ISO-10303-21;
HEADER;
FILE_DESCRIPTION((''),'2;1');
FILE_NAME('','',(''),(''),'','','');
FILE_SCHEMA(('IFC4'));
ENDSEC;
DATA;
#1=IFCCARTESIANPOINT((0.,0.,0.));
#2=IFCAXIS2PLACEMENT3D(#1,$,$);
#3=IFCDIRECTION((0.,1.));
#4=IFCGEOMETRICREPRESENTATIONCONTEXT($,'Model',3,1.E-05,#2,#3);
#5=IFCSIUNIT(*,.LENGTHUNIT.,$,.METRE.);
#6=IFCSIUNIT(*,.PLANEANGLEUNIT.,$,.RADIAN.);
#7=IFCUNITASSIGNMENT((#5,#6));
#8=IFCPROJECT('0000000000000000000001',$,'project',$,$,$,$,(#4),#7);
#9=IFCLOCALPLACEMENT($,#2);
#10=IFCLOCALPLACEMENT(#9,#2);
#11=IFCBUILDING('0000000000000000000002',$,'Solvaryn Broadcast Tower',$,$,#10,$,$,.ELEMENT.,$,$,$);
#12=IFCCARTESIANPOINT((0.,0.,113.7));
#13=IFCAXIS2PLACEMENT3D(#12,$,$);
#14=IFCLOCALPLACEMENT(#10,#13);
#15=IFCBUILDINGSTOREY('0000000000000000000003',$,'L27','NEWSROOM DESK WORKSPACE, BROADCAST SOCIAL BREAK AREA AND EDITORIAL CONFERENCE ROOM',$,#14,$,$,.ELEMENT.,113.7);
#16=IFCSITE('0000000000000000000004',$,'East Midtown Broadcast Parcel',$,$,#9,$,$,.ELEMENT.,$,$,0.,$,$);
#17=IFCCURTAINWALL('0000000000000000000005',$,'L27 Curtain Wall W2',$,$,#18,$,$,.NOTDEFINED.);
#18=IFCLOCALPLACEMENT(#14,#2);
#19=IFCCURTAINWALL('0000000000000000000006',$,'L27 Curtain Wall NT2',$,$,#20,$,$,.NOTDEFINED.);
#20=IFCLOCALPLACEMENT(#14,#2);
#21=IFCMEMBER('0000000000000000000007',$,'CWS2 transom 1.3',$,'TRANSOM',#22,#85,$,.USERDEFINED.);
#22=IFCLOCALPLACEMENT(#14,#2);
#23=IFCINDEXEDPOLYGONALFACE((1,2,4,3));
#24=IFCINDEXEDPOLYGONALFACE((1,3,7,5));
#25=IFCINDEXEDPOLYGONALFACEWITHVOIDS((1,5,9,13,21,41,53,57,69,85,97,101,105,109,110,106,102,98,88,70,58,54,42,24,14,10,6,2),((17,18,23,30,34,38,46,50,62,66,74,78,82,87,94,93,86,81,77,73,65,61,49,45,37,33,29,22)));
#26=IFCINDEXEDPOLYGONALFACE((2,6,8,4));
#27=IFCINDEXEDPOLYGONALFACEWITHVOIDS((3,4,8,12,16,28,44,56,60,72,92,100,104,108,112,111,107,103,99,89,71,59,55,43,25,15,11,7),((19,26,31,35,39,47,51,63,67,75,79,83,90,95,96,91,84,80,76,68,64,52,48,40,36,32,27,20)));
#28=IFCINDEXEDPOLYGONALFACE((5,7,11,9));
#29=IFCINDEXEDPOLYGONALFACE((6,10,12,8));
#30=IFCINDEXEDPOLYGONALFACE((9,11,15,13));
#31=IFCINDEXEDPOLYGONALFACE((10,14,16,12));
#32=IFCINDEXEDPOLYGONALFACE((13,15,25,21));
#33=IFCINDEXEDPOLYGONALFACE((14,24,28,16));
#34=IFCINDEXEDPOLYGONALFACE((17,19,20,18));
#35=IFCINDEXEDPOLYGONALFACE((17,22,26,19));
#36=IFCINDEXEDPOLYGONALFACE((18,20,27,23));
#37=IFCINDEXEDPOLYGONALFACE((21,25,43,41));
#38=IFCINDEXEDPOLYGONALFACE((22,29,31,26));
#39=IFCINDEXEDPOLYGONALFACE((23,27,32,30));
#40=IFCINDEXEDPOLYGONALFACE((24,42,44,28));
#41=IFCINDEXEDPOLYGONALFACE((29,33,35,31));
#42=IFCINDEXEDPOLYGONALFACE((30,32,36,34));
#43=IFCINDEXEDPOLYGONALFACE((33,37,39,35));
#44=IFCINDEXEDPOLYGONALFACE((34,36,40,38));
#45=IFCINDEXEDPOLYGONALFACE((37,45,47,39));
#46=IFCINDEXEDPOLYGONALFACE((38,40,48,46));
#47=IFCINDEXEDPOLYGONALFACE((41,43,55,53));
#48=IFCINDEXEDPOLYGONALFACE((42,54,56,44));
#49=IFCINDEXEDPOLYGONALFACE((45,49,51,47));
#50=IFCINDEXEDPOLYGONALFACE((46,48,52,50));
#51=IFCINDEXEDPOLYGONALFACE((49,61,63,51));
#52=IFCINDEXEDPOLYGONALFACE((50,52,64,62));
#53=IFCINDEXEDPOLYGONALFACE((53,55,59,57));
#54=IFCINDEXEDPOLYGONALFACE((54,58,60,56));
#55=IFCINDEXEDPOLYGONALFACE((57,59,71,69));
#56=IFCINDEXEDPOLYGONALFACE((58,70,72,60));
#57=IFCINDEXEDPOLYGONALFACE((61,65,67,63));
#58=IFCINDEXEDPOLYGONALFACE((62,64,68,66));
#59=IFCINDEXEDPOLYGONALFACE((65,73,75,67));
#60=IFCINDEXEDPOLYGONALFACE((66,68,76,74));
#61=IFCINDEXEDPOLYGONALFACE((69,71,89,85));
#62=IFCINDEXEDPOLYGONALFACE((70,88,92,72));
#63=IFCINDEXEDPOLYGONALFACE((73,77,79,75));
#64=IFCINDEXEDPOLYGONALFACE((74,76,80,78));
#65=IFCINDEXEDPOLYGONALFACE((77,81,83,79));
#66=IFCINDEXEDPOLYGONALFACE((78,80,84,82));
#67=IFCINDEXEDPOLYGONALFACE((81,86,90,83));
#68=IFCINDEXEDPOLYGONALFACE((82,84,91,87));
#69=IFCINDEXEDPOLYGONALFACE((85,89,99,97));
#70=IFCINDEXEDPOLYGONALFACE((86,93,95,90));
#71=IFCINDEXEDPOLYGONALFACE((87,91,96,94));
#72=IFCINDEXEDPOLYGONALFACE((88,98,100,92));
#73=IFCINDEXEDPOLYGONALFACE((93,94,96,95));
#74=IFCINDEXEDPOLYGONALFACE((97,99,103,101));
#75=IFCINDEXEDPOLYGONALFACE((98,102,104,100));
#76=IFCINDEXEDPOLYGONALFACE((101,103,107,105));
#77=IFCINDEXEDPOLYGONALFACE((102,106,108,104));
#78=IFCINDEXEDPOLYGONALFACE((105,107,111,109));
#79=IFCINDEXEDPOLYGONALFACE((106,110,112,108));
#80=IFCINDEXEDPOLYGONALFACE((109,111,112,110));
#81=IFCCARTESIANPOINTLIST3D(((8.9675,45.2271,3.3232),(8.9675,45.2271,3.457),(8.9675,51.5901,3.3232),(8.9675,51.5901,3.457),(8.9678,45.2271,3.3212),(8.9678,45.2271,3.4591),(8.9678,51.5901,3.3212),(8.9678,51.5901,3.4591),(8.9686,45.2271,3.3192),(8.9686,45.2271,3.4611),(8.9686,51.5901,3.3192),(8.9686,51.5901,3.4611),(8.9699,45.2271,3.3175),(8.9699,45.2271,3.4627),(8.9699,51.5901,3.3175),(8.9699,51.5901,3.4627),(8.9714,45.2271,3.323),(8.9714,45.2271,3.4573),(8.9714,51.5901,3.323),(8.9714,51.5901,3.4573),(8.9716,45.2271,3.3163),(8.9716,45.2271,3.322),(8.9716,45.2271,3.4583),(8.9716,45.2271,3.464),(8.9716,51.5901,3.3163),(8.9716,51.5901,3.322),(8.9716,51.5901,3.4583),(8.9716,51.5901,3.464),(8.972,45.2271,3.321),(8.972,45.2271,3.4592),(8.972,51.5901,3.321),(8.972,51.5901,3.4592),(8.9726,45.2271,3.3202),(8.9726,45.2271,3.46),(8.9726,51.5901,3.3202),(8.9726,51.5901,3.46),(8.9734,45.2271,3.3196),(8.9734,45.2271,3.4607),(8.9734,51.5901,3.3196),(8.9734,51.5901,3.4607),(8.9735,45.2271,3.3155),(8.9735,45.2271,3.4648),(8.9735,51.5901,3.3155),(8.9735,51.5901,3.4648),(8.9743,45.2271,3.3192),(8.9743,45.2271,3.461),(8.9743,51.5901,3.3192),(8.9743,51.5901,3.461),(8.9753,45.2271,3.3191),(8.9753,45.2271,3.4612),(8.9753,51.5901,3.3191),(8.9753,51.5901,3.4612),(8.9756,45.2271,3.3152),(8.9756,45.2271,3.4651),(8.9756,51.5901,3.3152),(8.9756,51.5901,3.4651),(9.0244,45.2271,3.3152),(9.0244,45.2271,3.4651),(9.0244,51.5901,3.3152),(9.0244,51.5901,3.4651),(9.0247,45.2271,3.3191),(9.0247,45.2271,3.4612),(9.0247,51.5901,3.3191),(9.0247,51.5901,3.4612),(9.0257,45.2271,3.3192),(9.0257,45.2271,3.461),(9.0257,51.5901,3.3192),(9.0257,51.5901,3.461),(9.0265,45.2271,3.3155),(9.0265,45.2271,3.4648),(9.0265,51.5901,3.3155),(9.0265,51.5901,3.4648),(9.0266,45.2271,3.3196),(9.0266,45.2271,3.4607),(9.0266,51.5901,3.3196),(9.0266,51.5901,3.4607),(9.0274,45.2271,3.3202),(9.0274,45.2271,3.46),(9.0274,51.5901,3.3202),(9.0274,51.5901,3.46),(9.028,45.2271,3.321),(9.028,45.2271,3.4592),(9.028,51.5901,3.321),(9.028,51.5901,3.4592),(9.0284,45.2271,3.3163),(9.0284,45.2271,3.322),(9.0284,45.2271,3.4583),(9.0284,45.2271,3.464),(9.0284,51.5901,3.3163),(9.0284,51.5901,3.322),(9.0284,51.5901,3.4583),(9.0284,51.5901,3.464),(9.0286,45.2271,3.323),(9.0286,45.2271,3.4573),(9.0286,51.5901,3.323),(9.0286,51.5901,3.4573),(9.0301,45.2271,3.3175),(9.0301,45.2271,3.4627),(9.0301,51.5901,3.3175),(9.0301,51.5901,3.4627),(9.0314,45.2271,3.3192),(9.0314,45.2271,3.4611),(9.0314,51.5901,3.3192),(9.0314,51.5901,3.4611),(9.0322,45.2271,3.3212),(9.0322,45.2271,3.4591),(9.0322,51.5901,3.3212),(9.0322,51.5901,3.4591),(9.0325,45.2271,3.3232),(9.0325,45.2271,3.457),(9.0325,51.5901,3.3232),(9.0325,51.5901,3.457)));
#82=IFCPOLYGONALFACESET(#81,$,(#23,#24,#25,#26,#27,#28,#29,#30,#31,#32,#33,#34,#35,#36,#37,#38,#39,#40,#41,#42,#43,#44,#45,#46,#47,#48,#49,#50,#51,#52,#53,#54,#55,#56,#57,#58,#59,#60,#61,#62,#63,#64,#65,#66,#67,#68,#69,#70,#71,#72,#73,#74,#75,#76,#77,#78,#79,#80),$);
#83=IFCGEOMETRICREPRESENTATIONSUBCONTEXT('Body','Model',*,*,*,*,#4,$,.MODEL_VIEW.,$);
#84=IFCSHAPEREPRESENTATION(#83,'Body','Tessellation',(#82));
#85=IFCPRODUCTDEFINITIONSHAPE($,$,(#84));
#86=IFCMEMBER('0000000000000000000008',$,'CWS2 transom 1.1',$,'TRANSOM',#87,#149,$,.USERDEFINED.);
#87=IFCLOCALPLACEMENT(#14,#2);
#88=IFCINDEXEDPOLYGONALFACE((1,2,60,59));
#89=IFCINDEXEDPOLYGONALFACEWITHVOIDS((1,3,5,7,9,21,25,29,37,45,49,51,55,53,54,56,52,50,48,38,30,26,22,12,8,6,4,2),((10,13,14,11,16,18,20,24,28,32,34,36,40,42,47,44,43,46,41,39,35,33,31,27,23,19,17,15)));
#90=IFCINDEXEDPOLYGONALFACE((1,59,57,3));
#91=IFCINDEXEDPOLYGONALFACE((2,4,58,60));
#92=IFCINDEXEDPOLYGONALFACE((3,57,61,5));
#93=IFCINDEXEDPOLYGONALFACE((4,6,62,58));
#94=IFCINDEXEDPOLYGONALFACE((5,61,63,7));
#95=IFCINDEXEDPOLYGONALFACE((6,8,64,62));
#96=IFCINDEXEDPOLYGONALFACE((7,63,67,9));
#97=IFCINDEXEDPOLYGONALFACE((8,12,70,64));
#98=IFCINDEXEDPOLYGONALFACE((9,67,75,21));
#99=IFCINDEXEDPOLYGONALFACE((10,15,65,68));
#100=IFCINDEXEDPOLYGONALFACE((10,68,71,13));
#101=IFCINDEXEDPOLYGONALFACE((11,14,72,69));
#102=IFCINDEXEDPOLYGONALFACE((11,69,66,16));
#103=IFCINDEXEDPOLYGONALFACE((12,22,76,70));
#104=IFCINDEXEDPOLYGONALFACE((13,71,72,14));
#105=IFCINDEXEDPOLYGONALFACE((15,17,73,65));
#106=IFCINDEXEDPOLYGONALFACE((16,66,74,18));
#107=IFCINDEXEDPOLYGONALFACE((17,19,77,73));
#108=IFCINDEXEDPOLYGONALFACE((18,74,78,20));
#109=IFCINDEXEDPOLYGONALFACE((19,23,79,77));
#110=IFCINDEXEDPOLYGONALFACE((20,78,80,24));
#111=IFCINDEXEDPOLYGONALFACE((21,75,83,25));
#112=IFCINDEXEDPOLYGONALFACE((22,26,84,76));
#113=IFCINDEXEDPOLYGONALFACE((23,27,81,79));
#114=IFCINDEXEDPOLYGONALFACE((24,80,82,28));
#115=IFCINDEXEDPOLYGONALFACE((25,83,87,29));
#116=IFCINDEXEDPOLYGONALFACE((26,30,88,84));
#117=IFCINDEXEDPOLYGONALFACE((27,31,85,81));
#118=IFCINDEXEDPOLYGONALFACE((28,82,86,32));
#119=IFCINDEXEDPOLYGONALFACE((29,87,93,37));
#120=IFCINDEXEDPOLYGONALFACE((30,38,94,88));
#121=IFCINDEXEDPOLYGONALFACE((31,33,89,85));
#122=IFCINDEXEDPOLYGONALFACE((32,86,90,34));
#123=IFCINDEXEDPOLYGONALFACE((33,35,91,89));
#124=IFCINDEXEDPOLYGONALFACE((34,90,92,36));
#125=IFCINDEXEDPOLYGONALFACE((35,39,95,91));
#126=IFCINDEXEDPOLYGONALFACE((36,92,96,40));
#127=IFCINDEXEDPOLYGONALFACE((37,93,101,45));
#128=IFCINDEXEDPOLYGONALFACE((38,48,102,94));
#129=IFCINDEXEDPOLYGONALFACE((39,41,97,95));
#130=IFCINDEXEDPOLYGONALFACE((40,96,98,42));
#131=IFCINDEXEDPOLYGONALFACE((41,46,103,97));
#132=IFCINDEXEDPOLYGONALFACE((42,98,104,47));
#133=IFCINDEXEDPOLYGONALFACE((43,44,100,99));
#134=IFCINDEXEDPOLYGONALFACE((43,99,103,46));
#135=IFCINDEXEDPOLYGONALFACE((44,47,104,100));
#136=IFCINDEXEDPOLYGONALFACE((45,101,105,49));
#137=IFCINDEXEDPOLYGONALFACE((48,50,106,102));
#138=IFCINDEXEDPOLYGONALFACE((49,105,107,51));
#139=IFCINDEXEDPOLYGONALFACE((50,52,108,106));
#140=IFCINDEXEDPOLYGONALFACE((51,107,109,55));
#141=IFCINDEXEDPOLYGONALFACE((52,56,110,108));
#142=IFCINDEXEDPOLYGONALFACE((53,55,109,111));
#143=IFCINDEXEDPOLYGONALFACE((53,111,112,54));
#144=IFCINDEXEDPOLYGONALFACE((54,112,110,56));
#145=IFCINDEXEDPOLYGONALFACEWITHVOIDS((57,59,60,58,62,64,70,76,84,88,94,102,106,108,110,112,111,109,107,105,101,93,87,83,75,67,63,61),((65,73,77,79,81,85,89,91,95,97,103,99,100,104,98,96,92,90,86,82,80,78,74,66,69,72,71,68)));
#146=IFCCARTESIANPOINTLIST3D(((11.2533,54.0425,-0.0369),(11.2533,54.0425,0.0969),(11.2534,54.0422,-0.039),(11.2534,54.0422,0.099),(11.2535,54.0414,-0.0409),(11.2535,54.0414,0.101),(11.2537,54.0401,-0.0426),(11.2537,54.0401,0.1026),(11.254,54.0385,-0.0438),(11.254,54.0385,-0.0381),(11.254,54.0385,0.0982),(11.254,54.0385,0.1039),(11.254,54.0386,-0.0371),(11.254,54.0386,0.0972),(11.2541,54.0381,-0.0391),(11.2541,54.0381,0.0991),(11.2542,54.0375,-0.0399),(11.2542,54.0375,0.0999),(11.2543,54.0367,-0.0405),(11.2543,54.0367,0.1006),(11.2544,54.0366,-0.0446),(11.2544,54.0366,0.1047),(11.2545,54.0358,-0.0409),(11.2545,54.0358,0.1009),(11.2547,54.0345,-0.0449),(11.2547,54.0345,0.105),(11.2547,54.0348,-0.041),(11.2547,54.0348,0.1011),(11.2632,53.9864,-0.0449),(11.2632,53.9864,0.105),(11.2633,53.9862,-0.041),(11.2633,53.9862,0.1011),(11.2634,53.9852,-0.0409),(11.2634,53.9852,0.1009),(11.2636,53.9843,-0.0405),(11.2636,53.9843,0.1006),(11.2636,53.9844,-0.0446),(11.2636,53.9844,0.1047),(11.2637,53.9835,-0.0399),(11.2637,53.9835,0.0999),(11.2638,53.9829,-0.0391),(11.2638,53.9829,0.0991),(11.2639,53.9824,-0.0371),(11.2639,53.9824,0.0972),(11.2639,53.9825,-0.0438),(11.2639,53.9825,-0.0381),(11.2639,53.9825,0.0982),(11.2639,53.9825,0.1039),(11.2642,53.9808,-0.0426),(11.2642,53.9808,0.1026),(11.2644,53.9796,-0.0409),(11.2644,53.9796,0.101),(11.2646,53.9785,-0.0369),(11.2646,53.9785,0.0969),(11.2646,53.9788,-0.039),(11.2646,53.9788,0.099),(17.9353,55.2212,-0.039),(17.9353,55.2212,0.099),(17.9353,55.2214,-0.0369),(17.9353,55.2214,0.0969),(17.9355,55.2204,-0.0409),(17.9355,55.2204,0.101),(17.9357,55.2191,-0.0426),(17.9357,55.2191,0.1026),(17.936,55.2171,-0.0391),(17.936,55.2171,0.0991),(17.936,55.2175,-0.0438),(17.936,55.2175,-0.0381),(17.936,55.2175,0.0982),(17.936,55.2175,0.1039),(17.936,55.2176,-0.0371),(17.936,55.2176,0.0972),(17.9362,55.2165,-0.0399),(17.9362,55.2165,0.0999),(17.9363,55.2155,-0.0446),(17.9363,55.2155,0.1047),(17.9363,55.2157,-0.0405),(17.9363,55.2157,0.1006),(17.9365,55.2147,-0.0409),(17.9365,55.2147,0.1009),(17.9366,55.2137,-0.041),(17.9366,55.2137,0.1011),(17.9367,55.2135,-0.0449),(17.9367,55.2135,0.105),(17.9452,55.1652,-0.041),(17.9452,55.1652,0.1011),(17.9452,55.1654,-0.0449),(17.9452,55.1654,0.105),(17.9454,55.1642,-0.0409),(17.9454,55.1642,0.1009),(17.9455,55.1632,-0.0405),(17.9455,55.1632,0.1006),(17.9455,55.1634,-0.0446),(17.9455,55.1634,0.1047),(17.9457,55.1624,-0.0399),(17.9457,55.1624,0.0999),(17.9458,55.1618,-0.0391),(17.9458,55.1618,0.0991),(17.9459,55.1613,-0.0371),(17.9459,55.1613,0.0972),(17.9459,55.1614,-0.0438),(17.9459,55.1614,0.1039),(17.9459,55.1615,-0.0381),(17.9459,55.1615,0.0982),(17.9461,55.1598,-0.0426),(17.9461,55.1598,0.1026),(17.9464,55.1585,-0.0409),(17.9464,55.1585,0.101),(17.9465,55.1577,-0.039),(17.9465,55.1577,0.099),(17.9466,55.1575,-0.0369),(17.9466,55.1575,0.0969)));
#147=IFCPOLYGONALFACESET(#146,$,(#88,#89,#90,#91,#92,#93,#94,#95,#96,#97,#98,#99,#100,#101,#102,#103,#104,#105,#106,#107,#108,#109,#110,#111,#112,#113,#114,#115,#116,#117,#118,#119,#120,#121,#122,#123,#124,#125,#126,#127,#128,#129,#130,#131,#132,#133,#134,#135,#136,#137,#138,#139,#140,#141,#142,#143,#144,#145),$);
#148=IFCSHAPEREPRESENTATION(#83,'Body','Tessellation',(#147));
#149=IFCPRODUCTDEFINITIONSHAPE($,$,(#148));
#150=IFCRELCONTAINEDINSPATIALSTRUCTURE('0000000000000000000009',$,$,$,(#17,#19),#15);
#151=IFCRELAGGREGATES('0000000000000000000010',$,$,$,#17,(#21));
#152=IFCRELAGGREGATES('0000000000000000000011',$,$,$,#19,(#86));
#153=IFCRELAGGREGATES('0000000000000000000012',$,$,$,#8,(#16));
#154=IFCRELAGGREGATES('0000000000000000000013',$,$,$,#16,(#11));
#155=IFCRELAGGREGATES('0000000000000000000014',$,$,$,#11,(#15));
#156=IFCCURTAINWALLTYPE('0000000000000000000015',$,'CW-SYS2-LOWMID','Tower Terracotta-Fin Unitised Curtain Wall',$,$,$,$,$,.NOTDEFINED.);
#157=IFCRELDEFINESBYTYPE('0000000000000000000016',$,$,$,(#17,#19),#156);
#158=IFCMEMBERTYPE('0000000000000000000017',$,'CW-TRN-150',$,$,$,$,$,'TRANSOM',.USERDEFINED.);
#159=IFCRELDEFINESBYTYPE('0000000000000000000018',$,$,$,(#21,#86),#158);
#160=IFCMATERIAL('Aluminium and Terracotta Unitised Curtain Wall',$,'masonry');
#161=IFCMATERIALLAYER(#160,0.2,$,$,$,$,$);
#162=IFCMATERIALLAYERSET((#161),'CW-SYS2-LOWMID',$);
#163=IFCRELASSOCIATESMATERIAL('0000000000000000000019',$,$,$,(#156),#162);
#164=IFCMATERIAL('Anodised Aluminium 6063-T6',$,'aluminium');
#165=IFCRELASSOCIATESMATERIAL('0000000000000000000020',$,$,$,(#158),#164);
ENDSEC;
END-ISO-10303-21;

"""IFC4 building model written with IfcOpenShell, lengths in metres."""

from ifc_helpers import new_model, si_unit, direction, frame, origin, origin_2d, place, context, subcontext, project, spatial, hollow_rectangle, extrude, material, layer, layer_set, material_profile, profile_set, type_object, element, aggregate, save


model = new_model("IFC4")

# Units and contexts
model_context = context("Model", 3, precision=1e-05, world=origin(), true_north=direction((0.0, 1.0)))
body_context = subcontext(model_context, "Body", "Model", "MODEL_VIEW")
ifc_project = project(units=[si_unit("LENGTHUNIT", "METRE"), si_unit("PLANEANGLEUNIT", "RADIAN")], contexts=[model_context])

# Site, building, storey
site_placement = place(None, origin())
site = spatial("IfcSite", under=ifc_project, at=site_placement, Name="East Midtown Broadcast Parcel", CompositionType="ELEMENT", RefElevation=0.0)
building_placement = place(site_placement, origin())
building = spatial("IfcBuilding", under=site, at=building_placement, Name="Solvaryn Broadcast Tower", CompositionType="ELEMENT")
storey_placement = place(building_placement, frame((0.0, 0.0, 113.7)))
storey = spatial("IfcBuildingStorey", under=building, at=storey_placement, Name="L27", Description="NEWSROOM DESK WORKSPACE, BROADCAST SOCIAL BREAK AREA AND EDITORIAL CONFERENCE ROOM", CompositionType="ELEMENT", Elevation=113.7)

# Curtain wall
ifc_material_1 = material(Name="Aluminium and Terracotta Unitised Curtain Wall", Category="masonry")
ifc_layer_1 = layer(ifc_material_1, 0.2)
ifc_layer_set_1 = layer_set([ifc_layer_1], Name="CW-SYS2-LOWMID")
curtain_wall_type = type_object("IfcCurtainWallType", Name="CW-SYS2-LOWMID", Description="Tower Terracotta-Fin Unitised Curtain Wall", PredefinedType="NOTDEFINED", material=ifc_layer_set_1)
curtain_wall_1_placement = place(storey_placement, origin())
curtain_wall_1 = element("IfcCurtainWall", 1, at=curtain_wall_1_placement, inside=storey, type_object=curtain_wall_type, Name="L27 Curtain Wall W2", PredefinedType="NOTDEFINED")

# Curtain wall
curtain_wall_2_placement = place(storey_placement, origin())
curtain_wall_2 = element("IfcCurtainWall", 2, at=curtain_wall_2_placement, inside=storey, type_object=curtain_wall_type, Name="L27 Curtain Wall NT2", PredefinedType="NOTDEFINED")

# Members
ifc_material_2 = material(Name="Anodised Aluminium 6063-T6", Category="aluminium")
ifc_material_profile_1 = material_profile(ifc_material_2, hollow_rectangle(XDim=0.0649, YDim=0.1499, WallThickness=0.0039, InnerFilletRadius=0.0039, OuterFilletRadius=0.0081, at=origin_2d()))
ifc_profile_set_1 = profile_set([ifc_material_profile_1], Name="Anodised Aluminium 6063-T6")
member_type_1 = type_object("IfcMemberType", Name="CW-TRN-150", ElementType="TRANSOM", PredefinedType="USERDEFINED", material=ifc_profile_set_1)
member_1_placement = place(storey_placement, frame((9.0, 45.2271, 3.3901), z_axis=(0.0, 1.0, 0.0), x_axis=(-1.0, 0.0, 0.0)))
member_1 = element("IfcMember", 3, at=member_1_placement, type_object=member_type_1, Name="CWS2 transom 1.3", ObjectType="TRANSOM", PredefinedType="USERDEFINED", context=body_context, shape_type="SweptSolid", body=[
    extrude(hollow_rectangle(XDim=0.0649, YDim=0.1499, WallThickness=0.0039, InnerFilletRadius=0.0039, OuterFilletRadius=0.0081, at=origin_2d()), origin(), (0.0, 0.0, 1.0), 6.363),
])
member_2_placement = place(storey_placement, frame((17.9409, 55.1895, 0.03), z_axis=(-0.984789, -0.173757, 0.0), x_axis=(0.173757, -0.984789, 0.0)))
member_2 = element("IfcMember", 4, at=member_2_placement, type_object=member_type_1, Name="CWS2 transom 1.1", ObjectType="TRANSOM", PredefinedType="USERDEFINED", context=body_context, shape_type="SweptSolid", body=[
    extrude(hollow_rectangle(XDim=0.0649, YDim=0.1499, WallThickness=0.0039, InnerFilletRadius=0.0039, OuterFilletRadius=0.0081, at=origin_2d()), origin(), (0.0, 0.0, 1.0), 6.7852),
])

aggregate(curtain_wall_1, [member_1])
aggregate(curtain_wall_2, [member_2])

save(model, "model.ifc")
